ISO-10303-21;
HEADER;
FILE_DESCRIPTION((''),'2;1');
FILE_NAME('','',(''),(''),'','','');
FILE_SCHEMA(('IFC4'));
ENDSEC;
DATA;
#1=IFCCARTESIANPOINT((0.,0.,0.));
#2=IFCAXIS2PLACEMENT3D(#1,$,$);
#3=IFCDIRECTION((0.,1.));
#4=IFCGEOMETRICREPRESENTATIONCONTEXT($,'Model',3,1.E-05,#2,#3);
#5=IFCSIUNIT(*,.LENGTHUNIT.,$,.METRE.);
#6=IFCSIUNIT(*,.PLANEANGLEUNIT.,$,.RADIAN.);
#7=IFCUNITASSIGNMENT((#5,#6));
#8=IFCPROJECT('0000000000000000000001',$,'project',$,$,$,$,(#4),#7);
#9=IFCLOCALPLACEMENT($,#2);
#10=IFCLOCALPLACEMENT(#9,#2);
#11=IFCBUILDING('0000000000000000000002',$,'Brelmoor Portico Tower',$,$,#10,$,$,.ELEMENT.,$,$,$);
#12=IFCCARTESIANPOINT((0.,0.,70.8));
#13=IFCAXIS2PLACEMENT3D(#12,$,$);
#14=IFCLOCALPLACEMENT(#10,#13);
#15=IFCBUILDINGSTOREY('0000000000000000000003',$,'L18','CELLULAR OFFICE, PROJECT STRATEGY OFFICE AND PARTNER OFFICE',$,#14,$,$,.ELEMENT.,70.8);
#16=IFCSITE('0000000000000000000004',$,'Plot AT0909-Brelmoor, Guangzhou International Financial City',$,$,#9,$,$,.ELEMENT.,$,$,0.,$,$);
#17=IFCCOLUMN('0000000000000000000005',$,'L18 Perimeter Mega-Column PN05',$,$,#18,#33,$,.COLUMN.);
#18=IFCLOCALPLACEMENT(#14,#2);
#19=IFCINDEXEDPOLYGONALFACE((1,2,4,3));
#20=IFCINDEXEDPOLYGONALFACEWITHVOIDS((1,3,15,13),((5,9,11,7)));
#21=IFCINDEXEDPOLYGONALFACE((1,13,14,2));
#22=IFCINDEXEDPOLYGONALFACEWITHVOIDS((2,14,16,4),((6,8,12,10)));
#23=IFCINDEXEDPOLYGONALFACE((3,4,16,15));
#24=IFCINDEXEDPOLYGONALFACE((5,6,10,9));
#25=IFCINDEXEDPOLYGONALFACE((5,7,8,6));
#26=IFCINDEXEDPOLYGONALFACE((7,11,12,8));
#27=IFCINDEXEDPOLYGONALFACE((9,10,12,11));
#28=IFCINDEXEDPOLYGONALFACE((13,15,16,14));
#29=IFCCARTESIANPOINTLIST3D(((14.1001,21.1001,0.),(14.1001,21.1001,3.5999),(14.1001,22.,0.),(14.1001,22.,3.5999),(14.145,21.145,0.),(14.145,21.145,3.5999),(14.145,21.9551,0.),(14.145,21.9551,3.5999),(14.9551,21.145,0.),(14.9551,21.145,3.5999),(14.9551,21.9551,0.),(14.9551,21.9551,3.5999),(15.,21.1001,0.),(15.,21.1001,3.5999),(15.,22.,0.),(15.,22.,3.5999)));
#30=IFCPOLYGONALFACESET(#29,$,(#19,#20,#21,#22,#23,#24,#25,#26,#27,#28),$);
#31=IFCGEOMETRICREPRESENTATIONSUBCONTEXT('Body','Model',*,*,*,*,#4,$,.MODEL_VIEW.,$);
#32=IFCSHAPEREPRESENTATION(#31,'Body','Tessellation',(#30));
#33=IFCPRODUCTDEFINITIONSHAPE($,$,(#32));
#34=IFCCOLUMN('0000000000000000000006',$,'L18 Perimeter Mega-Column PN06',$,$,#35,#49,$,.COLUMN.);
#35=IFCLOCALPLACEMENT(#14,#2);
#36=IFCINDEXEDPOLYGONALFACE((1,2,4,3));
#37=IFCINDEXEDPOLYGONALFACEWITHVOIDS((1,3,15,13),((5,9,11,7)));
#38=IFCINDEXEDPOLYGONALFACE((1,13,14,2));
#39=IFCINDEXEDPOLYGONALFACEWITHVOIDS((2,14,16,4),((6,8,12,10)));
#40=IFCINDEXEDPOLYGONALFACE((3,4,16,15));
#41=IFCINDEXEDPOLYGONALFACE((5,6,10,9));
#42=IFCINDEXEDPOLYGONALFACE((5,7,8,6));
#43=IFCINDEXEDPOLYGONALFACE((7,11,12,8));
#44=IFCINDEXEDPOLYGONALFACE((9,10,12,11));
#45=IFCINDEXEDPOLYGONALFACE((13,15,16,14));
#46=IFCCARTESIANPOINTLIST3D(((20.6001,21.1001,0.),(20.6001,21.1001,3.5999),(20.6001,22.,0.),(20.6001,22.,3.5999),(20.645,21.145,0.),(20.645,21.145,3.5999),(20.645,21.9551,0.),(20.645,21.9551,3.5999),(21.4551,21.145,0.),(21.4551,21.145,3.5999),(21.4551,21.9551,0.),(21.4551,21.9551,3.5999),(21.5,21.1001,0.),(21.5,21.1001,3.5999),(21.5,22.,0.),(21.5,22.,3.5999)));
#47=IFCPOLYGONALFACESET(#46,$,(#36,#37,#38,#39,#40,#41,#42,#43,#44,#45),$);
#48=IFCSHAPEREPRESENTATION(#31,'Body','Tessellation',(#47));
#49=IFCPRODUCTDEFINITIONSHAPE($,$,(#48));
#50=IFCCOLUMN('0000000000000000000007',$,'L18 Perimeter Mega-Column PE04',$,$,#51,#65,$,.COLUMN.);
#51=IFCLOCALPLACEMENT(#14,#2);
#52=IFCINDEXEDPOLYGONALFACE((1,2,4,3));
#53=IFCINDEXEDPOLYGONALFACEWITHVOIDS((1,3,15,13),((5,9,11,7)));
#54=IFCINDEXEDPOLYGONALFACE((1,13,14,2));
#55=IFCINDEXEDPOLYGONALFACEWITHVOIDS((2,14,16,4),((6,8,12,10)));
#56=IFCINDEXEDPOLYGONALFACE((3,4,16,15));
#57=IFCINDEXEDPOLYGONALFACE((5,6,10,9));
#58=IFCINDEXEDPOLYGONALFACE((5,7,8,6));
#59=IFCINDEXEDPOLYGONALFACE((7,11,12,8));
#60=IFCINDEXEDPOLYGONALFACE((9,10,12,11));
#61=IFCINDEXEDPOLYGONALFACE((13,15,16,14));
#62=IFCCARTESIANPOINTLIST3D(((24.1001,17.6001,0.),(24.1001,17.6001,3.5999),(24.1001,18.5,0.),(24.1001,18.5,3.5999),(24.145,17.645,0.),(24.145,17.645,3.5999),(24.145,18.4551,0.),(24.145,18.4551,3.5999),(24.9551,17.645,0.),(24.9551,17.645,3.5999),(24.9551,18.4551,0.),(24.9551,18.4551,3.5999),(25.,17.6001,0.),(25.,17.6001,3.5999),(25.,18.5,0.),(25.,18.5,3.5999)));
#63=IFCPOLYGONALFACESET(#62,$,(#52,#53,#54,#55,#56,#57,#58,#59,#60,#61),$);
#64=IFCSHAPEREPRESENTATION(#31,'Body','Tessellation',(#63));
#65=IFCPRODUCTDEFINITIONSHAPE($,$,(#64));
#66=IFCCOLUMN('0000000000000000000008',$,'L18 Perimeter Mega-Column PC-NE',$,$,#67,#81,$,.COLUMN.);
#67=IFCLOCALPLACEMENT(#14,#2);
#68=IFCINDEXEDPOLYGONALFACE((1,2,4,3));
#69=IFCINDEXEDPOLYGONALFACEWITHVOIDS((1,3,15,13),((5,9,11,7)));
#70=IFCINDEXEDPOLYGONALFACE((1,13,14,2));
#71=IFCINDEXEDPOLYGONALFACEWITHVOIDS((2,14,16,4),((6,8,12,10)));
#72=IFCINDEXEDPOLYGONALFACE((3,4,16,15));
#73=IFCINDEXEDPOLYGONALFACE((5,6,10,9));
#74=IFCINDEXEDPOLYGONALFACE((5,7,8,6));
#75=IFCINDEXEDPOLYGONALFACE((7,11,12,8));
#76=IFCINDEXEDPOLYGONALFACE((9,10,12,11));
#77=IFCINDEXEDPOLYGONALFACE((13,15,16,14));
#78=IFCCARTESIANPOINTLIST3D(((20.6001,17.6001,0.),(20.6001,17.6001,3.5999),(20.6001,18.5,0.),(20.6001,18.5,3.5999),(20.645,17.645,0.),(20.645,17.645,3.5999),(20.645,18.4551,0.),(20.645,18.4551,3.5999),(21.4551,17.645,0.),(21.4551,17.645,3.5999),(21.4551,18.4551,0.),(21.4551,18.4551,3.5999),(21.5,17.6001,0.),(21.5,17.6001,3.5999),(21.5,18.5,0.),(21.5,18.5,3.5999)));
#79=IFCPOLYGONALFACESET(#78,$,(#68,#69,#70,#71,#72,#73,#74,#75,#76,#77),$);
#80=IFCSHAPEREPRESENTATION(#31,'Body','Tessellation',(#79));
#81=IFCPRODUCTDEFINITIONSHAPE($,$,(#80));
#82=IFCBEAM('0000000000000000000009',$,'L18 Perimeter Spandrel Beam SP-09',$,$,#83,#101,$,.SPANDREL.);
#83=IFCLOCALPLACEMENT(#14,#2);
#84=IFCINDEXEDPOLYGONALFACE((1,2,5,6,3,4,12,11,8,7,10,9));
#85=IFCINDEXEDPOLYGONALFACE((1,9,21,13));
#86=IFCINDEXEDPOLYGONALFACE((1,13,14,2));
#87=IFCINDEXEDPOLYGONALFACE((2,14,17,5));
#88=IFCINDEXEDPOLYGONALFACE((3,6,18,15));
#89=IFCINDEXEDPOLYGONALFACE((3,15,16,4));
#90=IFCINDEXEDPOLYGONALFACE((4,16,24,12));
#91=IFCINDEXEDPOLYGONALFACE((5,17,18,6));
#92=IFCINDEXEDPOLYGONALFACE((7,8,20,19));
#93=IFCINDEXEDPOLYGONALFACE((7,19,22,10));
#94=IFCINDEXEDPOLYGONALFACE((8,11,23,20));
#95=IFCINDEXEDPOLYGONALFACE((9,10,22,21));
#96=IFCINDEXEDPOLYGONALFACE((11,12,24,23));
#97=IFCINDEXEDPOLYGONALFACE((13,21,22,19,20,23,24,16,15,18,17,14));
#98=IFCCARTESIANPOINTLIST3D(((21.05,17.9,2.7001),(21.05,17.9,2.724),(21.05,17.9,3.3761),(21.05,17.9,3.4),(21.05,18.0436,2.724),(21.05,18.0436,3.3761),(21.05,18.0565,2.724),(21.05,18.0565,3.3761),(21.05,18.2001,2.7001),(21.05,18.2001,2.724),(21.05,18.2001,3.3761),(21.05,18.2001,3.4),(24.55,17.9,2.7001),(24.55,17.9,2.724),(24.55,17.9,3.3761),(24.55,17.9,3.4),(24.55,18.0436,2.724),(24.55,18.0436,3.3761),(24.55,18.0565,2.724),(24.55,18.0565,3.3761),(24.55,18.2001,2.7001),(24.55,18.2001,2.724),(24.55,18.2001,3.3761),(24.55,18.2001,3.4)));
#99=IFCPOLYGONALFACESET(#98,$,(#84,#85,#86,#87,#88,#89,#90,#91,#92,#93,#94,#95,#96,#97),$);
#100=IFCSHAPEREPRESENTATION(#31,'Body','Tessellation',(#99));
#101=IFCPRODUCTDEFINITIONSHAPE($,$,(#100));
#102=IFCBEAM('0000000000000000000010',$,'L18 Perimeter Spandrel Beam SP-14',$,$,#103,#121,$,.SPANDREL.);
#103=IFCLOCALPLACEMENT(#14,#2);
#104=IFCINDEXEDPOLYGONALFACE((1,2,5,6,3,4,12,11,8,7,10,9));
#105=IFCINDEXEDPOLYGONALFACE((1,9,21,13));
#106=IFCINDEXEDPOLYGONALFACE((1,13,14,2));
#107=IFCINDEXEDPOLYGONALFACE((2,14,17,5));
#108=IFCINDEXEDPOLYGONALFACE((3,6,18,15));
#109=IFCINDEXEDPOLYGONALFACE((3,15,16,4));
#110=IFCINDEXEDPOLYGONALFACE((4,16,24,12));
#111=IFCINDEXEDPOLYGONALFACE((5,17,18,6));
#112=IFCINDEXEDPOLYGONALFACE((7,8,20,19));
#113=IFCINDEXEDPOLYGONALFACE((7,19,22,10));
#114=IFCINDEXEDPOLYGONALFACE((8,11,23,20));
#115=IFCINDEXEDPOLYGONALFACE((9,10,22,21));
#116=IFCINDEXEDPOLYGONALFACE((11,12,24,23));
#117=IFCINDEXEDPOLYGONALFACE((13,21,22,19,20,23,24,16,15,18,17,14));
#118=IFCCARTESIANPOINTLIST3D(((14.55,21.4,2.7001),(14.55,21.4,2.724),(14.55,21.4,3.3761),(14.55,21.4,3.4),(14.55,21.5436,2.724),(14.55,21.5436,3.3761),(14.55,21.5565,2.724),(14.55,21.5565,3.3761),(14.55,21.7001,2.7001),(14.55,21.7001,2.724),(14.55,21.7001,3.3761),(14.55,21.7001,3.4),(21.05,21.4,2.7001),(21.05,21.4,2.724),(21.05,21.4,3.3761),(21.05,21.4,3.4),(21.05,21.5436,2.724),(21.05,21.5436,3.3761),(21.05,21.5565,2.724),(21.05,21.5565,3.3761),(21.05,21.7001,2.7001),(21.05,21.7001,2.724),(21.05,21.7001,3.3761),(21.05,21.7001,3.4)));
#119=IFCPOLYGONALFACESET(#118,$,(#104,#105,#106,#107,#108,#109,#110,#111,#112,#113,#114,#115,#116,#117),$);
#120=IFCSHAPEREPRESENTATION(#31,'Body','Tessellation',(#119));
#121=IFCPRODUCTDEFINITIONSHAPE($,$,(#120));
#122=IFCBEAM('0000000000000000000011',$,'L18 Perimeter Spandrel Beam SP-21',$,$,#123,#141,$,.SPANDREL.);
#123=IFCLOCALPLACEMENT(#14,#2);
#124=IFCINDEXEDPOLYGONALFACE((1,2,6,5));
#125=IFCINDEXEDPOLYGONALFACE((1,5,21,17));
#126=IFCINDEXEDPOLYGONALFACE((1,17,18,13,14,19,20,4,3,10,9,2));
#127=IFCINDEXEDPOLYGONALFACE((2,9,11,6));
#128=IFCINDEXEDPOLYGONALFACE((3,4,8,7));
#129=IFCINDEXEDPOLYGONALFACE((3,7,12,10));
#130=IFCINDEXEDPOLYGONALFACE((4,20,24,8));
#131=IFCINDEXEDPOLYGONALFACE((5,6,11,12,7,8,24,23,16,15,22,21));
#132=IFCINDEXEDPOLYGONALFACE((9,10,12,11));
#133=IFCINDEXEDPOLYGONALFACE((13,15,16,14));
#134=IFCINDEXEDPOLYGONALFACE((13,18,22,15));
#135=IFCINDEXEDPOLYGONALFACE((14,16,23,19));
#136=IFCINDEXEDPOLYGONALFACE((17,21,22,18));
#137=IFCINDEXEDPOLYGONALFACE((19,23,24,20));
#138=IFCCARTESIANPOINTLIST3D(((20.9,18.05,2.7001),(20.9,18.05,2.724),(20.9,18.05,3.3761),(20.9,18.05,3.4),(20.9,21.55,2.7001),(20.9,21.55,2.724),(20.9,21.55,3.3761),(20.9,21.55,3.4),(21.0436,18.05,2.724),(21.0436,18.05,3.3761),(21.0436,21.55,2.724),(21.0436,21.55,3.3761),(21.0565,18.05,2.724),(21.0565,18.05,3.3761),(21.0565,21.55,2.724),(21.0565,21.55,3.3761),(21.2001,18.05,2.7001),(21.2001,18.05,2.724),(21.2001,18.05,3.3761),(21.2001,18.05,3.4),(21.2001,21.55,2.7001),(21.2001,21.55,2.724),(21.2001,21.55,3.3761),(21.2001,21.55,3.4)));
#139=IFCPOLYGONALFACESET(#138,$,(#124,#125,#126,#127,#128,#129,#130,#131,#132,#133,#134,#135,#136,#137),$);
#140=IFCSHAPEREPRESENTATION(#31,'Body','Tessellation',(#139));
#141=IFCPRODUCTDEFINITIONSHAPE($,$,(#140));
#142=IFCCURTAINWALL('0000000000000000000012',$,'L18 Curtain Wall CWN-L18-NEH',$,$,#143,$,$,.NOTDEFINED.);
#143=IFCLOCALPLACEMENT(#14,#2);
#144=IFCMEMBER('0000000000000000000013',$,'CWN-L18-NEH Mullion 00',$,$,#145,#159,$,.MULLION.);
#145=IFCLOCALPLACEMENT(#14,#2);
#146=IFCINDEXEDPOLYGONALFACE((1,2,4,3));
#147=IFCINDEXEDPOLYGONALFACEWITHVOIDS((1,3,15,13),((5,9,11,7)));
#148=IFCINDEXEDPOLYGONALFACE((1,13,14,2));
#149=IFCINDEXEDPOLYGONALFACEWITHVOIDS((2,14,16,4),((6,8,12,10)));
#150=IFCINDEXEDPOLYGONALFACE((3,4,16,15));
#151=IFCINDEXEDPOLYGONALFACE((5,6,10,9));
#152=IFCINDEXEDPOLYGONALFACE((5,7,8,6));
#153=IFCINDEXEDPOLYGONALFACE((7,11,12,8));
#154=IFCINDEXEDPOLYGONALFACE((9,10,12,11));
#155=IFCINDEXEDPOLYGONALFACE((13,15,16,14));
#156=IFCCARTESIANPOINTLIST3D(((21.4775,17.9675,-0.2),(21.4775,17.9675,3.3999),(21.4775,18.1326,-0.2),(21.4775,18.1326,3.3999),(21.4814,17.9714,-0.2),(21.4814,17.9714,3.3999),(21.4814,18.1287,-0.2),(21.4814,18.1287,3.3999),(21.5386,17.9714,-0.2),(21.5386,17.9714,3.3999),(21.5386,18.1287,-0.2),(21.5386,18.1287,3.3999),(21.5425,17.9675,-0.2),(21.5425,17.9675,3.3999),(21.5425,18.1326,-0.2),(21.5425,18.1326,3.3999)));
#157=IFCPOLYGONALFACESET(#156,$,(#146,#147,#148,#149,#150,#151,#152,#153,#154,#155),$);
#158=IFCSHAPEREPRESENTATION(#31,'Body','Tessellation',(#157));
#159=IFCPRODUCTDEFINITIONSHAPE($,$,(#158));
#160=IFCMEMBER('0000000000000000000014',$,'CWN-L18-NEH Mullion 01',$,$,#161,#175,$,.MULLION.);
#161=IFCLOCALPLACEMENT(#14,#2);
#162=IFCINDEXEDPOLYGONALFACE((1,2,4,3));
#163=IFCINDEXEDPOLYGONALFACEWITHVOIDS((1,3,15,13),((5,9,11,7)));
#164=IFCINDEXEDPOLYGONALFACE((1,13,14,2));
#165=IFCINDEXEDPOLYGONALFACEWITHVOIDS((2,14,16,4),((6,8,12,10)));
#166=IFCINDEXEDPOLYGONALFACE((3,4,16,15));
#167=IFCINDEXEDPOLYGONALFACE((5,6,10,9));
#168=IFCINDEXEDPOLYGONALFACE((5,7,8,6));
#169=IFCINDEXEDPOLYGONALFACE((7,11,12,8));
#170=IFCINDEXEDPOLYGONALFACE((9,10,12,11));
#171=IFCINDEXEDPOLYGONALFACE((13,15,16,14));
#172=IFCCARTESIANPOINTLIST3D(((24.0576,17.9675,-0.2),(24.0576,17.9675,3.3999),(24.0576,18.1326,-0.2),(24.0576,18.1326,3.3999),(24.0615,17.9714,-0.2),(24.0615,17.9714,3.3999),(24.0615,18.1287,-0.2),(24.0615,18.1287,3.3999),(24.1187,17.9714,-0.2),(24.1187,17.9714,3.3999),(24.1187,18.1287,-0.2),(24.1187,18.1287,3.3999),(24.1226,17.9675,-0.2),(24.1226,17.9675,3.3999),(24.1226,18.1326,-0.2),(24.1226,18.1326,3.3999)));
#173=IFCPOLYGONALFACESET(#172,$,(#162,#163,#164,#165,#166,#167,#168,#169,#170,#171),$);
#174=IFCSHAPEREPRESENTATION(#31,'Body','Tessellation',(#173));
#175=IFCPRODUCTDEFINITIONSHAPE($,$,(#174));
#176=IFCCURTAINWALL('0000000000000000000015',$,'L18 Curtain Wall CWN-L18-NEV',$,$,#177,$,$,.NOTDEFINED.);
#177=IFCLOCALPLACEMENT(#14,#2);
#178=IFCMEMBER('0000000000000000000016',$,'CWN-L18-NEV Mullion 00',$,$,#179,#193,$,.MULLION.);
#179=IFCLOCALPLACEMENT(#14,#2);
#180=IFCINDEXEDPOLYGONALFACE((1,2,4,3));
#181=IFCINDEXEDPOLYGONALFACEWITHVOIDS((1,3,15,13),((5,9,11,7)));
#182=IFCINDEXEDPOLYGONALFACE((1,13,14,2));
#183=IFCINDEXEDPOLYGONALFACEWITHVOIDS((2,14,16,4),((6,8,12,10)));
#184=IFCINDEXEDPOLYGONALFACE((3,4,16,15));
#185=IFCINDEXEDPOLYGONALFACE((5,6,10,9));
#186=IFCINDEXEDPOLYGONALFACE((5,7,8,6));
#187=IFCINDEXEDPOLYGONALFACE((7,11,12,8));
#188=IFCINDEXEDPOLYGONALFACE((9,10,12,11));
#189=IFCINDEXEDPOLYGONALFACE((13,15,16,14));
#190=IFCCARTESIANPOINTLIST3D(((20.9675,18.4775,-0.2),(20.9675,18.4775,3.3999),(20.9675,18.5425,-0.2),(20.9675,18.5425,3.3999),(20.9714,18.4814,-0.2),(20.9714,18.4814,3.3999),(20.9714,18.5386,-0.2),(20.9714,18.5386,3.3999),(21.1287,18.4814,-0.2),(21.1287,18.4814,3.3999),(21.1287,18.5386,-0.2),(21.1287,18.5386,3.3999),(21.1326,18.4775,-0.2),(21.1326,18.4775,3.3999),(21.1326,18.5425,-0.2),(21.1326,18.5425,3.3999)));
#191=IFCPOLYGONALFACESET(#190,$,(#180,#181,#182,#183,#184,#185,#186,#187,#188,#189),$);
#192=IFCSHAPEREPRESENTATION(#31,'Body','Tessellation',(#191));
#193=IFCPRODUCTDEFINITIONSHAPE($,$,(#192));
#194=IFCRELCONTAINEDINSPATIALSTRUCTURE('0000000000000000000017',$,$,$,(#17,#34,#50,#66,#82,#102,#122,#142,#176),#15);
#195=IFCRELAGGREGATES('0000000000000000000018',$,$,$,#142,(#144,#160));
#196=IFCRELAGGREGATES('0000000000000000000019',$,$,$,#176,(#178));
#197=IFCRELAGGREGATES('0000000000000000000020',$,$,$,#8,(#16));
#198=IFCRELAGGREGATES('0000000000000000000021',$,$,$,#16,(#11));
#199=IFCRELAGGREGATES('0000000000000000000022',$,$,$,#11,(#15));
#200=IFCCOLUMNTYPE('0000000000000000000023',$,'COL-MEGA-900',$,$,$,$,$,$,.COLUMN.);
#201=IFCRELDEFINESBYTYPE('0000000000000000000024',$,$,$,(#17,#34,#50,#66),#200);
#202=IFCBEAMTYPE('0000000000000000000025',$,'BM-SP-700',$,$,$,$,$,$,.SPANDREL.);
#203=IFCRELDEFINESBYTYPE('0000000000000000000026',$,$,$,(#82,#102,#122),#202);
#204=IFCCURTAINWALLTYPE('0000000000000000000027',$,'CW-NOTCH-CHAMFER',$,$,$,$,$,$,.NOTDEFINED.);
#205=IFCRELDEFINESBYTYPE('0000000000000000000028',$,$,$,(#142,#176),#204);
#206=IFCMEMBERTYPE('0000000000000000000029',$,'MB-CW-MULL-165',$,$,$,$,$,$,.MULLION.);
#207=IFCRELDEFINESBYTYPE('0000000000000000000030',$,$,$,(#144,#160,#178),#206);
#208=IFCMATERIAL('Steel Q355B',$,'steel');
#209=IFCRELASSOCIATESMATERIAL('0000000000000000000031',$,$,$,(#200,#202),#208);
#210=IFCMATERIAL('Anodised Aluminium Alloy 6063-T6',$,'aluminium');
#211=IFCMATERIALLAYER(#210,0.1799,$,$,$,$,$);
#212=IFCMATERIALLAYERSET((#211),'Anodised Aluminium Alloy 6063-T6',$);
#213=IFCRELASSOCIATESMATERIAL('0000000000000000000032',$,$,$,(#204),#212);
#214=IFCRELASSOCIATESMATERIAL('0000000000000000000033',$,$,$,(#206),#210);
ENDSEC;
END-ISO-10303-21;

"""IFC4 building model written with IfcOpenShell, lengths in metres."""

from ifc_helpers import new_model, si_unit, direction, frame, origin, origin_2d, place, context, subcontext, project, spatial, hollow_rectangle, i_section, extrude, material, layer, layer_set, material_profile, profile_set, type_object, element, aggregate, save


model = new_model("IFC4")

# Units and contexts
model_context = context("Model", 3, precision=1e-05, world=origin(), true_north=direction((0.0, 1.0)))
body_context = subcontext(model_context, "Body", "Model", "MODEL_VIEW")
ifc_project = project(units=[si_unit("LENGTHUNIT", "METRE"), si_unit("PLANEANGLEUNIT", "RADIAN")], contexts=[model_context])

# Site, building, storey
site_placement = place(None, origin())
site = spatial("IfcSite", under=ifc_project, at=site_placement, Name="Plot AT0909-Brelmoor, Guangzhou International Financial City", CompositionType="ELEMENT", RefElevation=0.0)
building_placement = place(site_placement, origin())
building = spatial("IfcBuilding", under=site, at=building_placement, Name="Brelmoor Portico Tower", CompositionType="ELEMENT")
storey_placement = place(building_placement, frame((0.0, 0.0, 70.8)))
storey = spatial("IfcBuildingStorey", under=building, at=storey_placement, Name="L18", Description="CELLULAR OFFICE, PROJECT STRATEGY OFFICE AND PARTNER OFFICE", CompositionType="ELEMENT", Elevation=70.8)

# Columns
ifc_material_1 = material(Name="Steel Q355B", Category="steel")
ifc_material_profile_1 = material_profile(ifc_material_1, hollow_rectangle(XDim=0.8999, YDim=0.8999, WallThickness=0.0449, at=origin_2d()), Name="BOX 900x900x45")
ifc_profile_set_1 = profile_set([ifc_material_profile_1], Name="Steel Q355B")
column_type = type_object("IfcColumnType", Name="COL-MEGA-900", PredefinedType="COLUMN", material=ifc_profile_set_1)
for number, where, z_axis, x_axis, name in (
    (1, (14.55, 21.55, 0.0), (0.0, 0.0, 1.0), (1.0, 0.0, 0.0), "L18 Perimeter Mega-Column PN05"),
    (2, (21.05, 21.55, 0.0), (0.0, 0.0, 1.0), (1.0, 0.0, 0.0), "L18 Perimeter Mega-Column PN06"),
    (3, (24.55, 18.05, 0.0), (0.0, 0.0, 1.0), (0.0, 1.0, 0.0), "L18 Perimeter Mega-Column PE04"),
    (4, (21.05, 18.05, 0.0), (0.0, 0.0, 1.0), (1.0, 0.0, 0.0), "L18 Perimeter Mega-Column PC-NE"),
):
    element("IfcColumn", number, at=place(storey_placement, frame(where, z_axis=z_axis, x_axis=x_axis)), inside=storey, type_object=column_type, Name=name, PredefinedType="COLUMN", context=body_context, shape_type="SweptSolid", body=[
        extrude(hollow_rectangle(XDim=0.8999, YDim=0.8999, WallThickness=0.0449, at=origin_2d()), origin(), (0.0, 0.0, 1.0), 3.5999),
    ])

# Beams
ifc_material_profile_2 = material_profile(ifc_material_1, i_section(OverallWidth=0.3, OverallDepth=0.7, WebThickness=0.0129, FlangeThickness=0.0239, at=origin_2d()), Name="HN 700x300x13x24")
ifc_profile_set_2 = profile_set([ifc_material_profile_2], Name="Steel Q355B")
beam_type = type_object("IfcBeamType", Name="BM-SP-700", PredefinedType="SPANDREL", material=ifc_profile_set_2)
beam_1_placement = place(storey_placement, frame((21.05, 18.05, 3.05), z_axis=(1.0, 0.0, 0.0), x_axis=(0.0, 1.0, 0.0)))
element("IfcBeam", 5, at=beam_1_placement, inside=storey, type_object=beam_type, Name="L18 Perimeter Spandrel Beam SP-09", PredefinedType="SPANDREL", context=body_context, shape_type="SweptSolid", body=[
    extrude(i_section(OverallWidth=0.3, OverallDepth=0.7, WebThickness=0.0129, FlangeThickness=0.0239, at=origin_2d()), origin(), (0.0, 0.0, 1.0), 3.5),
])
beam_2_placement = place(storey_placement, frame((14.55, 21.55, 3.05), z_axis=(1.0, 0.0, 0.0), x_axis=(0.0, 1.0, 0.0)))
element("IfcBeam", 6, at=beam_2_placement, inside=storey, type_object=beam_type, Name="L18 Perimeter Spandrel Beam SP-14", PredefinedType="SPANDREL", context=body_context, shape_type="SweptSolid", body=[
    extrude(i_section(OverallWidth=0.3, OverallDepth=0.7, WebThickness=0.0129, FlangeThickness=0.0239, at=origin_2d()), origin(), (0.0, 0.0, 1.0), 6.5),
])
beam_3_placement = place(storey_placement, frame((21.05, 18.05, 3.05), z_axis=(0.0, 1.0, 0.0), x_axis=(-1.0, 0.0, 0.0)))
element("IfcBeam", 7, at=beam_3_placement, inside=storey, type_object=beam_type, Name="L18 Perimeter Spandrel Beam SP-21", PredefinedType="SPANDREL", context=body_context, shape_type="SweptSolid", body=[
    extrude(i_section(OverallWidth=0.3, OverallDepth=0.7, WebThickness=0.0129, FlangeThickness=0.0239, at=origin_2d()), origin(), (0.0, 0.0, 1.0), 3.5),
])

# Curtain walls, members
ifc_material_2 = material(Name="Anodised Aluminium Alloy 6063-T6", Category="aluminium")
ifc_layer_1 = layer(ifc_material_2, 0.1799)
ifc_layer_set_1 = layer_set([ifc_layer_1], Name="Anodised Aluminium Alloy 6063-T6")
curtain_wall_type_1 = type_object("IfcCurtainWallType", Name="CW-NOTCH-CHAMFER", PredefinedType="NOTDEFINED", material=ifc_layer_set_1)
curtain_wall_1_placement = place(storey_placement, origin())
curtain_wall_1 = element("IfcCurtainWall", 8, at=curtain_wall_1_placement, inside=storey, type_object=curtain_wall_type_1, Name="L18 Curtain Wall CWN-L18-NEH", PredefinedType="NOTDEFINED")
ifc_material_profile_3 = material_profile(ifc_material_2, hollow_rectangle(XDim=0.0649, YDim=0.165, WallThickness=0.0039, at=origin_2d()), Name="ALU MULLION 65x165")
ifc_profile_set_3 = profile_set([ifc_material_profile_3], Name="Anodised Aluminium Alloy 6063-T6")
member_type_1 = type_object("IfcMemberType", Name="MB-CW-MULL-165", PredefinedType="MULLION", material=ifc_profile_set_3)
member_1_placement = place(storey_placement, frame((21.51, 18.05, -0.2), z_axis=(0.0, 0.0, 1.0), x_axis=(1.0, 0.0, 0.0)))
member_1 = element("IfcMember", 9, at=member_1_placement, type_object=member_type_1, Name="CWN-L18-NEH Mullion 00", PredefinedType="MULLION", context=body_context, shape_type="SweptSolid", body=[
    extrude(hollow_rectangle(XDim=0.0649, YDim=0.165, WallThickness=0.0039, at=origin_2d()), origin(), (0.0, 0.0, 1.0), 3.5999),
])
member_2_placement = place(storey_placement, frame((24.0901, 18.05, -0.2), z_axis=(0.0, 0.0, 1.0), x_axis=(1.0, 0.0, 0.0)))
member_2 = element("IfcMember", 10, at=member_2_placement, type_object=member_type_1, Name="CWN-L18-NEH Mullion 01", PredefinedType="MULLION", context=body_context, shape_type="SweptSolid", body=[
    extrude(hollow_rectangle(XDim=0.0649, YDim=0.165, WallThickness=0.0039, at=origin_2d()), origin(), (0.0, 0.0, 1.0), 3.5999),
])
curtain_wall_2_placement = place(storey_placement, origin())
curtain_wall_2 = element("IfcCurtainWall", 11, at=curtain_wall_2_placement, inside=storey, type_object=curtain_wall_type_1, Name="L18 Curtain Wall CWN-L18-NEV", PredefinedType="NOTDEFINED")
member_3_placement = place(storey_placement, frame((21.05, 18.51, -0.2), z_axis=(0.0, 0.0, 1.0), x_axis=(0.0, 1.0, 0.0)))
member_3 = element("IfcMember", 12, at=member_3_placement, type_object=member_type_1, Name="CWN-L18-NEV Mullion 00", PredefinedType="MULLION", context=body_context, shape_type="SweptSolid", body=[
    extrude(hollow_rectangle(XDim=0.0649, YDim=0.165, WallThickness=0.0039, at=origin_2d()), origin(), (0.0, 0.0, 1.0), 3.5999),
])

aggregate(curtain_wall_1, [member_1, member_2])
aggregate(curtain_wall_2, [member_3])

save(model, "model.ifc")
